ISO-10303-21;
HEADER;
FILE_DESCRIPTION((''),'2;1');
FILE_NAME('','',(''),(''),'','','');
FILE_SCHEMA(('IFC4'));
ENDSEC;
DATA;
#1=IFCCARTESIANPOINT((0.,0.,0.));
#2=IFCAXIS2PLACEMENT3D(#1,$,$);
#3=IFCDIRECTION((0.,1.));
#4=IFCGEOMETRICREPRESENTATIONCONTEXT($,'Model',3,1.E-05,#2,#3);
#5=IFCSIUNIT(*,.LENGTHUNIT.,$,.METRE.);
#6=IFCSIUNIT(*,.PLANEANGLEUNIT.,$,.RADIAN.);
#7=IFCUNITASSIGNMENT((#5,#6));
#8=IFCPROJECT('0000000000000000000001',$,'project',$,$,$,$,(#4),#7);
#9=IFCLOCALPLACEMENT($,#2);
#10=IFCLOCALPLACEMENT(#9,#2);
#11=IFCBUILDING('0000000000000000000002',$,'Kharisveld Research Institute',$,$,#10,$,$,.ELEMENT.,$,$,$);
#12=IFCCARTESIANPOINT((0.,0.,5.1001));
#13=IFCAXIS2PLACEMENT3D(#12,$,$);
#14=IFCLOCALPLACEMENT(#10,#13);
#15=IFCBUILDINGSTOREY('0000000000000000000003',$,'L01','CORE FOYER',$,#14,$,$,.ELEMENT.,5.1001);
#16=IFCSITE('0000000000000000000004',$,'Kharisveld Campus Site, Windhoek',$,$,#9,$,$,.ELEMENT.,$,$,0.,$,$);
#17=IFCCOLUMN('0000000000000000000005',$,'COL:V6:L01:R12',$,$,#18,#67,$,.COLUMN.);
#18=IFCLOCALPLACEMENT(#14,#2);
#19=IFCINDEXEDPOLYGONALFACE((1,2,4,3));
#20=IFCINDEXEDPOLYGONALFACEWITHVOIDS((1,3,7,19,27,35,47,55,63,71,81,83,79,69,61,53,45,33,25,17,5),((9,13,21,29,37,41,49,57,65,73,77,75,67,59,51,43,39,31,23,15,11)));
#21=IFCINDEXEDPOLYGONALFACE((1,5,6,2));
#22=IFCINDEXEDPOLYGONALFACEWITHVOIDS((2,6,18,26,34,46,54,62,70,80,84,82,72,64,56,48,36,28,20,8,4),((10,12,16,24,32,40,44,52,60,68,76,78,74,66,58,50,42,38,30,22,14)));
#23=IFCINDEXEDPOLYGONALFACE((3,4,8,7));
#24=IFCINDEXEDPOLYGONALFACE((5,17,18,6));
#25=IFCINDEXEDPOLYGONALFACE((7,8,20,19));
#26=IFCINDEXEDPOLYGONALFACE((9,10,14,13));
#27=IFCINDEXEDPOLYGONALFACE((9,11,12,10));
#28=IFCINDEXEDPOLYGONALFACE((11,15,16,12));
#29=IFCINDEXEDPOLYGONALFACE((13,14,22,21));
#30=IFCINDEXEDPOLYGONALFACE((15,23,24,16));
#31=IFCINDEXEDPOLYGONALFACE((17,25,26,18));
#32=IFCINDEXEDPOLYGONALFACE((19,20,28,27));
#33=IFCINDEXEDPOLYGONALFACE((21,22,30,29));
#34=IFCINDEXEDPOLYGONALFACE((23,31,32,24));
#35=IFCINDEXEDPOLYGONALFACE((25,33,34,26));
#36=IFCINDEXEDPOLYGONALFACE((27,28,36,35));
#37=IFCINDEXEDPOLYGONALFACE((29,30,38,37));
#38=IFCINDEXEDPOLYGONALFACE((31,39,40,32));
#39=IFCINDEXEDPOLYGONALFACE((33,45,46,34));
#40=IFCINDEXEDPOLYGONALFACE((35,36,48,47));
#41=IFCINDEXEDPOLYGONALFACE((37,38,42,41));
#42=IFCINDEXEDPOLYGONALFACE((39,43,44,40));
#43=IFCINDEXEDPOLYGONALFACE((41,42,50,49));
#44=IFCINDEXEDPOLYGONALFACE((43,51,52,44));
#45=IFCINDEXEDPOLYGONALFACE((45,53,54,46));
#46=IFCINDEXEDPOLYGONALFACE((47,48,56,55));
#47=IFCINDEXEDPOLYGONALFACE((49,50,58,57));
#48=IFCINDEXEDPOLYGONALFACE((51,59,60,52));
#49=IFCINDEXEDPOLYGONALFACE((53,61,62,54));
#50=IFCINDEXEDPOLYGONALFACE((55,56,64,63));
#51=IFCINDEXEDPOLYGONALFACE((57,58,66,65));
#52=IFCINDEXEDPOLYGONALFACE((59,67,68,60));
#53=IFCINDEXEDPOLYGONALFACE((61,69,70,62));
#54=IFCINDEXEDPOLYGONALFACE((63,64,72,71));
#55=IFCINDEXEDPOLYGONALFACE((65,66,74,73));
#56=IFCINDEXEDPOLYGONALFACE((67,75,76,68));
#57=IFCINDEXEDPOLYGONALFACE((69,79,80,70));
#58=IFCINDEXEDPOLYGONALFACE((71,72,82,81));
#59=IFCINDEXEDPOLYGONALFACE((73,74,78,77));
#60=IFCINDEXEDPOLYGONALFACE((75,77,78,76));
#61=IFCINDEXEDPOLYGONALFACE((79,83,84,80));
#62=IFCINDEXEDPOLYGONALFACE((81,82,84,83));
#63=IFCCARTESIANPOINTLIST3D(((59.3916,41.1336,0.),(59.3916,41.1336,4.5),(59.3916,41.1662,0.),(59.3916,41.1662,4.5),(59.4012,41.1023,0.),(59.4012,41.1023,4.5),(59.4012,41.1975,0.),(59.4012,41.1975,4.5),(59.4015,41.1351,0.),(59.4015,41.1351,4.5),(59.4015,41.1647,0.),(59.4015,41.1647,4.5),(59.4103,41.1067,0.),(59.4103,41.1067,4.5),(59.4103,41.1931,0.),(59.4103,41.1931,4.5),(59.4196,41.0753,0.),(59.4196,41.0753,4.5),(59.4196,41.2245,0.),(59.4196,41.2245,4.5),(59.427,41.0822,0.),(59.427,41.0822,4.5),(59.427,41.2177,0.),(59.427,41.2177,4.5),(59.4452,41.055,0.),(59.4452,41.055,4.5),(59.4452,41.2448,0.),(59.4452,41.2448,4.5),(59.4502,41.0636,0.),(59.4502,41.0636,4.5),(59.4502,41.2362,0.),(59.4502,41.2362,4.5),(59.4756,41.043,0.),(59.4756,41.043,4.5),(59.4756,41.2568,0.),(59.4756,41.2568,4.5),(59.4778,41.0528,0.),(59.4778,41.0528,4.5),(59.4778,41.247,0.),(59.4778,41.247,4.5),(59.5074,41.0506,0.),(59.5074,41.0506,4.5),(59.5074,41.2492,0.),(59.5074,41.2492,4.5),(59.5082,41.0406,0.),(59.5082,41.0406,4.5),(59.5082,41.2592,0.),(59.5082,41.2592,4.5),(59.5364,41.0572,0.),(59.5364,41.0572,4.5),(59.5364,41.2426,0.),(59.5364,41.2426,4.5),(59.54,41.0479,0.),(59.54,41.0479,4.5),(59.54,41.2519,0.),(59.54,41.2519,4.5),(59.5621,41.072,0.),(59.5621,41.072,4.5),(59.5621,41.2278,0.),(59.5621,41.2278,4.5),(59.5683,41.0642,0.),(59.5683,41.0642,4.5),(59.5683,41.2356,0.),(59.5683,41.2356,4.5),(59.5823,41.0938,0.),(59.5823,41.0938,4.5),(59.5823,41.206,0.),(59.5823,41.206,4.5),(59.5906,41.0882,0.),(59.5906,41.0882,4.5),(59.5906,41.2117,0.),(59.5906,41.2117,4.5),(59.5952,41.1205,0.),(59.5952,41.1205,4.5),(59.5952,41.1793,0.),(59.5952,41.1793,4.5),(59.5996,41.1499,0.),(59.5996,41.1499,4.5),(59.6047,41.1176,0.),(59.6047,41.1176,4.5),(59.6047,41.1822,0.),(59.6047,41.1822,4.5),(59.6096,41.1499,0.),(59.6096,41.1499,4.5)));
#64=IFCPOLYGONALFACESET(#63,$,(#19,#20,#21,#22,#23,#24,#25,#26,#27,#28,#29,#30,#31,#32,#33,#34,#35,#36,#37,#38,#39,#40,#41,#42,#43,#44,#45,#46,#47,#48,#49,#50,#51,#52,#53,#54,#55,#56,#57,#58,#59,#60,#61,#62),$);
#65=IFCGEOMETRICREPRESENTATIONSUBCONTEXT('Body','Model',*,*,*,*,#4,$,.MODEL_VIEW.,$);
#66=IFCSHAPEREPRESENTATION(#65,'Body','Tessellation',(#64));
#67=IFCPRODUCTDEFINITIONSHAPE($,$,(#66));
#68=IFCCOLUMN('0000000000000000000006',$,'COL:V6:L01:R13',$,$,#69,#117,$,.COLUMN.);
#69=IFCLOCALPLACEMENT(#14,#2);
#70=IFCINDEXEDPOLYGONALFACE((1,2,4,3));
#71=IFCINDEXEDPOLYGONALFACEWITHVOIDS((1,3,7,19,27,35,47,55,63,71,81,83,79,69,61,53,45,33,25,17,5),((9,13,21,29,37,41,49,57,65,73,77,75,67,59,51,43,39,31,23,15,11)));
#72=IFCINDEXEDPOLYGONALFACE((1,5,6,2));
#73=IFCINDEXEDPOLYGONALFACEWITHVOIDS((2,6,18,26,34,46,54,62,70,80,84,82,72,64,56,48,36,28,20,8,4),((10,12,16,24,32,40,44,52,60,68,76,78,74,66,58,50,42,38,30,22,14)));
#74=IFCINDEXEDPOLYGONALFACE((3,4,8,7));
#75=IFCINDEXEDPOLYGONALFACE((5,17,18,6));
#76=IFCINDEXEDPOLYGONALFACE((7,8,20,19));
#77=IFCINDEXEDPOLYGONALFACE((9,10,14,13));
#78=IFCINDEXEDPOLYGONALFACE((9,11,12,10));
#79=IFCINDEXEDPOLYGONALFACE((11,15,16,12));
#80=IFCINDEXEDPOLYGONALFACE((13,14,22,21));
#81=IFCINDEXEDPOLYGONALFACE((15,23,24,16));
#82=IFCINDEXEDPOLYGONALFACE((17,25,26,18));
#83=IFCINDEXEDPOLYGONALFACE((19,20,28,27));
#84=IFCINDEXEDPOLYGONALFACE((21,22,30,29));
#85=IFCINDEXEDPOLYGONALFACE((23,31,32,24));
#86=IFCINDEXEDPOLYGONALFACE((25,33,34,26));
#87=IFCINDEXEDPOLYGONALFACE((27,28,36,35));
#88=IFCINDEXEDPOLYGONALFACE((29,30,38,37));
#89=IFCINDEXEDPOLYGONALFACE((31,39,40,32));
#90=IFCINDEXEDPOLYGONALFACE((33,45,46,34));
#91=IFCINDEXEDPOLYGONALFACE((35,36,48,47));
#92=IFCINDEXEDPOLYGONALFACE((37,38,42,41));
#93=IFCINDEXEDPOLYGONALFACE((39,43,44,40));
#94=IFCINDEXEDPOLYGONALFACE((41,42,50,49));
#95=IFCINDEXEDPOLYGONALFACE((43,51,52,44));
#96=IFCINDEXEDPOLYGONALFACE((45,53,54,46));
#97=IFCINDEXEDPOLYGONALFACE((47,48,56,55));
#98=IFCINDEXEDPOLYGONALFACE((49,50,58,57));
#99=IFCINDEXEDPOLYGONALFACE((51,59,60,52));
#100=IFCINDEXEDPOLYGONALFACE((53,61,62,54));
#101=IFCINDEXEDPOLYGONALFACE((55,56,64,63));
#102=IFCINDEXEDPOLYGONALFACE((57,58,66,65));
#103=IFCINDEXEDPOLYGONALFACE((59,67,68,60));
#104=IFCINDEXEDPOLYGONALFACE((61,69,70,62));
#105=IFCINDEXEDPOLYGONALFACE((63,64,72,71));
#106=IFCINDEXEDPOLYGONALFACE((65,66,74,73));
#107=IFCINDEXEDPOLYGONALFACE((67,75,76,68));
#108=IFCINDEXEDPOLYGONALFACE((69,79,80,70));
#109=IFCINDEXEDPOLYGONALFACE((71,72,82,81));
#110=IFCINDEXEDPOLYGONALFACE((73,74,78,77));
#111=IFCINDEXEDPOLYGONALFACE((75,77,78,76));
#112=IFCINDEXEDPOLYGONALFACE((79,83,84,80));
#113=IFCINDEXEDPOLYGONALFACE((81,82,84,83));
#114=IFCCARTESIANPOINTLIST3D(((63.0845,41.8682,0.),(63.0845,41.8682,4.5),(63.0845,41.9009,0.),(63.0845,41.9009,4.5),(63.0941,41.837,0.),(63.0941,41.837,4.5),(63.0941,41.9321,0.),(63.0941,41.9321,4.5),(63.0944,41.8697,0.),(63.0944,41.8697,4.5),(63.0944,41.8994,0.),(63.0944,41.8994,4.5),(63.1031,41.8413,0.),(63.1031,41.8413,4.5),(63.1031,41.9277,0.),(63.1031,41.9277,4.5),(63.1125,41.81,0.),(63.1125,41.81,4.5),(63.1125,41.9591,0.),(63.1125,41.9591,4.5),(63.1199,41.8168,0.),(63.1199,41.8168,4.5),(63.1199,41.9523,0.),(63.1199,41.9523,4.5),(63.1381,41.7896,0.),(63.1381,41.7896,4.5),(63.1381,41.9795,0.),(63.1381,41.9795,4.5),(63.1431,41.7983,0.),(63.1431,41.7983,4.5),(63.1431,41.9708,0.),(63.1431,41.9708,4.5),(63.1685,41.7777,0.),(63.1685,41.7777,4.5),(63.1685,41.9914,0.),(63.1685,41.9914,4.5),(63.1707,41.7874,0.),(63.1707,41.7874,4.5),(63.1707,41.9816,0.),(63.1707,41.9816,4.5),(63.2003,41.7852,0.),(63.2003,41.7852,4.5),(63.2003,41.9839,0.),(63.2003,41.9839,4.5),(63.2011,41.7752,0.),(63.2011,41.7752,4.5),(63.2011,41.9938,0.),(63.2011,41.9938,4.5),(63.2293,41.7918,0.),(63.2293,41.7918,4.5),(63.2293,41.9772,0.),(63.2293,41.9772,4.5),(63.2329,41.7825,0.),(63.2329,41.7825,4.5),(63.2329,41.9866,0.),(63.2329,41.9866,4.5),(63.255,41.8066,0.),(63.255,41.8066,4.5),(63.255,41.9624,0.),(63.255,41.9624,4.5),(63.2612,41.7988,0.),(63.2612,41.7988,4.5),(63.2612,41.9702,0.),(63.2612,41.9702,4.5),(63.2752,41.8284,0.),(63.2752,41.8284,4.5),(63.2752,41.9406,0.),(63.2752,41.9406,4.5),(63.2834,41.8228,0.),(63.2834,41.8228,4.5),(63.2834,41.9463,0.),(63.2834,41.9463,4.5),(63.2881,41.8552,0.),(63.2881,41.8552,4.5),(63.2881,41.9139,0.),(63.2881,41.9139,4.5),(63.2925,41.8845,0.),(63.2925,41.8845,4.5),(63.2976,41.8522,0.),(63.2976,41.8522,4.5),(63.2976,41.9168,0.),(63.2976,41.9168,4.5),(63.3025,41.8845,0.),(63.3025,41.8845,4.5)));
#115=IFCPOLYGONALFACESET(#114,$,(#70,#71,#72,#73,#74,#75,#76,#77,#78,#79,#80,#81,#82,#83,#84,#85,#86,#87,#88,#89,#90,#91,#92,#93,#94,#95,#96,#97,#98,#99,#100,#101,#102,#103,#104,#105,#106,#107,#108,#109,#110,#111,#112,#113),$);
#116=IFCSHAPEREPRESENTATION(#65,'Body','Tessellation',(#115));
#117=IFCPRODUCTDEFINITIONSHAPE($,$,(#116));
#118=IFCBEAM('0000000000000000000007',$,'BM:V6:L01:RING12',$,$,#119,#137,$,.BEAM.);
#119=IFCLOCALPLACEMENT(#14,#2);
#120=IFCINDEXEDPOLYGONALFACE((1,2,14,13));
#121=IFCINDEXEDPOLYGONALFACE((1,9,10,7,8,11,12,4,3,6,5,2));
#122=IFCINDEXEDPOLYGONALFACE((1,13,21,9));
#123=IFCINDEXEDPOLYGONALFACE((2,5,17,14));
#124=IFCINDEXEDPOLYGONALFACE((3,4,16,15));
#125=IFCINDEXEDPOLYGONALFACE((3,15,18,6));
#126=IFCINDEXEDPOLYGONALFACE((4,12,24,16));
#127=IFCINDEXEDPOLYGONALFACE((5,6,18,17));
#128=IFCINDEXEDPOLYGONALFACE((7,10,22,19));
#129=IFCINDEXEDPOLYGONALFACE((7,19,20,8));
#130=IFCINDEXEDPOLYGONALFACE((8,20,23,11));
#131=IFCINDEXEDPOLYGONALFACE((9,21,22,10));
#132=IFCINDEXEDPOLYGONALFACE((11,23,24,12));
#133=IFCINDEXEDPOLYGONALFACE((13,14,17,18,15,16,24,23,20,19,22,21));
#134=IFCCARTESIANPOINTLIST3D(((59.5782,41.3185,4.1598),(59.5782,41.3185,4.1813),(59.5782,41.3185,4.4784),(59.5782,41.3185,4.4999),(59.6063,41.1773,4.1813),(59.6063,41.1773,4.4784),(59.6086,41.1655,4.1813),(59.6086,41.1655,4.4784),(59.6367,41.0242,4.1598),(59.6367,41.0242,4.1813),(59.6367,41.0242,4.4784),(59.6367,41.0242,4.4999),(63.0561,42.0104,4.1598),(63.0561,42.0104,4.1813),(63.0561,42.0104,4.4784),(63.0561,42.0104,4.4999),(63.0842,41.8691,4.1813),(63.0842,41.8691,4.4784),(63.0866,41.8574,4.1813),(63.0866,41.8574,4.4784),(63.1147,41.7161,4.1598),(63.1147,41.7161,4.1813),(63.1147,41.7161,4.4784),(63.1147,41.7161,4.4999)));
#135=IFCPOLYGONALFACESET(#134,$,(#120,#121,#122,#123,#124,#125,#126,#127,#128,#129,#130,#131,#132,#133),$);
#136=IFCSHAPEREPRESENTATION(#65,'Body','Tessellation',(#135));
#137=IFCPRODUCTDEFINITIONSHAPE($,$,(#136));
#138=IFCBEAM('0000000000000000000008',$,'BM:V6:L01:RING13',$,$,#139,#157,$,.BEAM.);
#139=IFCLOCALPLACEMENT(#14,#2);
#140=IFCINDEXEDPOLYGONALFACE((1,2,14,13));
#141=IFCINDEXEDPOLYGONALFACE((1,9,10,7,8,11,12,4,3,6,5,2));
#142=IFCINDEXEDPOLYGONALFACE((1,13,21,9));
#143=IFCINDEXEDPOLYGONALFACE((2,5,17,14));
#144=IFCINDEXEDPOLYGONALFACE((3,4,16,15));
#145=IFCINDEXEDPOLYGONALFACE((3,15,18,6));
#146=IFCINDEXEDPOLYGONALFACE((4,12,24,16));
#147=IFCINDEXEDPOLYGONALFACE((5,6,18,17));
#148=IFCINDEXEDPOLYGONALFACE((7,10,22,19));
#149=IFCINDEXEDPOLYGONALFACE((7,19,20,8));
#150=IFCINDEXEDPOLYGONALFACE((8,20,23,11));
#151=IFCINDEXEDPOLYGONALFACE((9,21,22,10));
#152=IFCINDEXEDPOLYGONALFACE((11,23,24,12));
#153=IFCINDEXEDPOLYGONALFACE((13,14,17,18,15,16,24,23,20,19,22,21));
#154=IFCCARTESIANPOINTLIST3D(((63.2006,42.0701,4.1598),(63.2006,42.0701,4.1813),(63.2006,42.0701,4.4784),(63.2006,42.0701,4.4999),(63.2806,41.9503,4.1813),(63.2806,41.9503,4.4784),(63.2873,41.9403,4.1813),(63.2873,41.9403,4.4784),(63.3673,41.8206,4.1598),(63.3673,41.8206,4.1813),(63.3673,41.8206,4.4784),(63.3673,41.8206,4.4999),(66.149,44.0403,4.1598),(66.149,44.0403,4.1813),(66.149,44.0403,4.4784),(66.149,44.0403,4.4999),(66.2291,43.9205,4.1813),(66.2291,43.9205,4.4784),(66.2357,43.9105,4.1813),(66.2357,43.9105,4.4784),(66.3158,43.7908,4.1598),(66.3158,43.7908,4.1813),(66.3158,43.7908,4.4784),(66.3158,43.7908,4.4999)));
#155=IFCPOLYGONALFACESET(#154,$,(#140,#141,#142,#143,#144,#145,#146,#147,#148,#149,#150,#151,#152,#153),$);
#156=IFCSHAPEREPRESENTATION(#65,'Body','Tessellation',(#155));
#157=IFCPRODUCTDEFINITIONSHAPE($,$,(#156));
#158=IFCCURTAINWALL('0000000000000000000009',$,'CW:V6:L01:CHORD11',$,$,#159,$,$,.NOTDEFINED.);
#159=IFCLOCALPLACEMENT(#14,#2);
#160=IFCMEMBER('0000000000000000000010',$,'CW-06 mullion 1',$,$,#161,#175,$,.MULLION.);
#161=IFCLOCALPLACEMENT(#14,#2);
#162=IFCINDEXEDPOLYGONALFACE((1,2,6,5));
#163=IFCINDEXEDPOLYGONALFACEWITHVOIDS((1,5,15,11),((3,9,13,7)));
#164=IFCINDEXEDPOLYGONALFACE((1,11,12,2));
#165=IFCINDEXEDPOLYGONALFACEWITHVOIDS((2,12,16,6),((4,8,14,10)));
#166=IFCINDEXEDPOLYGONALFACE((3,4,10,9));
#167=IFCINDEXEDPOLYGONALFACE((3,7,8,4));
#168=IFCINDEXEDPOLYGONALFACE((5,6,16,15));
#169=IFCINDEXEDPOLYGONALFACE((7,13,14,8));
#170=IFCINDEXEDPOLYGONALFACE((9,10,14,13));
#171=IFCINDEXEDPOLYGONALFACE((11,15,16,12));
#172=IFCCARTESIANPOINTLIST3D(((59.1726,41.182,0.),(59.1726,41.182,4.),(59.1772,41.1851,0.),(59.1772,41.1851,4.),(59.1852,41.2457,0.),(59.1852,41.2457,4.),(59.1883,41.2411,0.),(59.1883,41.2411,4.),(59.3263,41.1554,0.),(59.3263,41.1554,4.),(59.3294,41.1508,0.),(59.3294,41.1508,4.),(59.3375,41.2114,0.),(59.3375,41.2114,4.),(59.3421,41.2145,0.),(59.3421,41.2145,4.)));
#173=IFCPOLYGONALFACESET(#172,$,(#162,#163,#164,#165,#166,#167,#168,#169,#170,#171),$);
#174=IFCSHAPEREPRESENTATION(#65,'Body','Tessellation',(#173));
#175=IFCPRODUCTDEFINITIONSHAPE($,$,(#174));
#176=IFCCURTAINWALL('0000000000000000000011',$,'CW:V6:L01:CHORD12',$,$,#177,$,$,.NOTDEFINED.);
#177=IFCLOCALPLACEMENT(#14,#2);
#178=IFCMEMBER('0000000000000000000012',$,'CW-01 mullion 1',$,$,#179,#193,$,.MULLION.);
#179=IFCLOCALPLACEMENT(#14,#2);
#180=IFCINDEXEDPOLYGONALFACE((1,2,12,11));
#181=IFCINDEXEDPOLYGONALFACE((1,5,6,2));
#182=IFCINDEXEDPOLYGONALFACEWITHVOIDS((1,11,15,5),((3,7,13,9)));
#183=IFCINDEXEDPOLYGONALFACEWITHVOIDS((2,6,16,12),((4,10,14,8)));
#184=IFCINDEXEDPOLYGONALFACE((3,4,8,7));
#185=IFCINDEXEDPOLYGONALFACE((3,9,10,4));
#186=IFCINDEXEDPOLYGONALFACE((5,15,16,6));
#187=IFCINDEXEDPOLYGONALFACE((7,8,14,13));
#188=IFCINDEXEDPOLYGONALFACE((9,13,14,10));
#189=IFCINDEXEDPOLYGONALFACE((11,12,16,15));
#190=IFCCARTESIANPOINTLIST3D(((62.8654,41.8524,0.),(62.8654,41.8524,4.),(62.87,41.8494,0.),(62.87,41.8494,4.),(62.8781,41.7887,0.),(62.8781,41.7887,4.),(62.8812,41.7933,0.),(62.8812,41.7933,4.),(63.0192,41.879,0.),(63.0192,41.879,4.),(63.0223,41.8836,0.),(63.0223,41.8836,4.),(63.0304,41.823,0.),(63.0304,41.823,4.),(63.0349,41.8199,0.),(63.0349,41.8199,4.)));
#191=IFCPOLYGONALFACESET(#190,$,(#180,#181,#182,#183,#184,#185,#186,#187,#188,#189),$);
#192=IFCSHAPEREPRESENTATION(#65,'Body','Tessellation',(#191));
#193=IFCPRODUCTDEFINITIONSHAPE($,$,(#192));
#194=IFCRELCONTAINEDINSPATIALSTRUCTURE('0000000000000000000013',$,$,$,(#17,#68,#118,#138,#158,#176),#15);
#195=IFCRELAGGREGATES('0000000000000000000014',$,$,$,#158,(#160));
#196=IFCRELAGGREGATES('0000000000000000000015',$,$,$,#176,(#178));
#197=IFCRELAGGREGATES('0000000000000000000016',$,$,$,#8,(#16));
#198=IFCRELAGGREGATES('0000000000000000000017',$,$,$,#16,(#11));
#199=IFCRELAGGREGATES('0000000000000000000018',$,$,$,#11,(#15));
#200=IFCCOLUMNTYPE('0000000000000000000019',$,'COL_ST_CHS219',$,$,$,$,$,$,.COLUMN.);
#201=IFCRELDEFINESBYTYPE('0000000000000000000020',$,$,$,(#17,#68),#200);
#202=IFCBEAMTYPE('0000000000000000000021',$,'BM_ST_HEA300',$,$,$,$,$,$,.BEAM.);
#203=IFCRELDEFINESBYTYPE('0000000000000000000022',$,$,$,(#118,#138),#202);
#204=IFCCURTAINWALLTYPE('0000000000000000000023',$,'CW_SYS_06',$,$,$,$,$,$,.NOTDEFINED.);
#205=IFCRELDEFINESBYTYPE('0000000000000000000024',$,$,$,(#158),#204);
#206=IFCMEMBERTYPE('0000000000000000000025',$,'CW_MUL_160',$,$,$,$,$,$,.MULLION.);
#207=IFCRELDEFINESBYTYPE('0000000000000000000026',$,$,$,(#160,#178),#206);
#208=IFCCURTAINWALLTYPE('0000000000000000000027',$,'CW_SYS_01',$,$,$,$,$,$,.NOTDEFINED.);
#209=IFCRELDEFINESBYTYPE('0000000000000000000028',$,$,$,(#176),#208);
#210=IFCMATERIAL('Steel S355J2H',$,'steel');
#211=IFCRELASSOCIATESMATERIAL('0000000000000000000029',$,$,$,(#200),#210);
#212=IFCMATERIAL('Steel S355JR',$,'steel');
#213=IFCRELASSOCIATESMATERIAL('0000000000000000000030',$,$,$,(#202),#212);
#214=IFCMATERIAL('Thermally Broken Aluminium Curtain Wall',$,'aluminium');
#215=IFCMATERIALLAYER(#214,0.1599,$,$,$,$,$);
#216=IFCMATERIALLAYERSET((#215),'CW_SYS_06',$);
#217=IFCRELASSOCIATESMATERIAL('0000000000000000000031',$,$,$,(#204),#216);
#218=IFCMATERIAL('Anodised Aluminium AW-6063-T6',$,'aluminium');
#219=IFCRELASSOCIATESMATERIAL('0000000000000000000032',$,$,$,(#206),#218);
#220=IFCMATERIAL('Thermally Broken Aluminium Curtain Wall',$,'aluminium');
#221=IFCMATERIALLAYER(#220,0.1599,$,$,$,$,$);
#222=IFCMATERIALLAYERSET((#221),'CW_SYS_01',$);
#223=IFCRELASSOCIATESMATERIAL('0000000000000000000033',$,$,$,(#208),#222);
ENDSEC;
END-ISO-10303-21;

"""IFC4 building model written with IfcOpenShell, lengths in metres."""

from ifc_helpers import new_model, si_unit, direction, frame, origin, origin_2d, place, context, subcontext, project, spatial, hollow_rectangle, hollow_circle, i_section, extrude, material, layer, layer_set, material_profile, profile_set, type_object, element, aggregate, save


model = new_model("IFC4")

# Units and contexts
model_context = context("Model", 3, precision=1e-05, world=origin(), true_north=direction((0.0, 1.0)))
body_context = subcontext(model_context, "Body", "Model", "MODEL_VIEW")
ifc_project = project(units=[si_unit("LENGTHUNIT", "METRE"), si_unit("PLANEANGLEUNIT", "RADIAN")], contexts=[model_context])

# Site, building, storey
site_placement = place(None, origin())
site = spatial("IfcSite", under=ifc_project, at=site_placement, Name="Kharisveld Campus Site, Windhoek", CompositionType="ELEMENT", RefElevation=0.0)
building_placement = place(site_placement, origin())
building = spatial("IfcBuilding", under=site, at=building_placement, Name="Kharisveld Research Institute", CompositionType="ELEMENT")
storey_placement = place(building_placement, frame((0.0, 0.0, 5.1001)))
storey = spatial("IfcBuildingStorey", under=building, at=storey_placement, Name="L01", Description="CORE FOYER", CompositionType="ELEMENT", Elevation=5.1001)

# Columns
ifc_material_1 = material(Name="Steel S355J2H", Category="steel")
ifc_material_profile_1 = material_profile(ifc_material_1, hollow_circle(Radius=0.1096, WallThickness=0.01, at=origin_2d()))
ifc_profile_set_1 = profile_set([ifc_material_profile_1], Name="Steel S355J2H")
column_type = type_object("IfcColumnType", Name="COL_ST_CHS219", PredefinedType="COLUMN", material=ifc_profile_set_1)
for number, where, z_axis, x_axis, name in (
    (1, (59.5, 41.1499, 0.0), (0.0, 0.0, 1.0), (1.0, 0.0, 0.0), "COL:V6:L01:R12"),
    (2, (63.1929, 41.8845, 0.0), (0.0, 0.0, 1.0), (1.0, 0.0, 0.0), "COL:V6:L01:R13"),
):
    element("IfcColumn", number, at=place(storey_placement, frame(where, z_axis=z_axis, x_axis=x_axis)), inside=storey, type_object=column_type, Name=name, PredefinedType="COLUMN", context=body_context, shape_type="SweptSolid", body=[
        extrude(hollow_circle(Radius=0.1096, WallThickness=0.01, at=origin_2d()), origin(), (0.0, 0.0, 1.0), 4.5),
    ])

# Beams
ifc_material_2 = material(Name="Steel S355JR", Category="steel")
ifc_material_profile_2 = material_profile(ifc_material_2, i_section(OverallWidth=0.3, OverallDepth=0.3401, WebThickness=0.012, FlangeThickness=0.0215, at=origin_2d()))
ifc_profile_set_2 = profile_set([ifc_material_profile_2], Name="Steel S355JR")
beam_type = type_object("IfcBeamType", Name="BM_ST_HEA300", PredefinedType="BEAM", material=ifc_profile_set_2)
for number, where, z_axis, x_axis, name in (
    (3, (59.6074, 41.1714, 4.3298), (0.980781, 0.19511, 0.0), (-0.19511, 0.980781, 0.0), "BM:V6:L01:RING12"),
    (4, (63.2839, 41.9453, 4.3298), (0.831457, 0.55559, 0.0), (-0.55559, 0.831457, 0.0), "BM:V6:L01:RING13"),
):
    element("IfcBeam", number, at=place(storey_placement, frame(where, z_axis=z_axis, x_axis=x_axis)), inside=storey, type_object=beam_type, Name=name, PredefinedType="BEAM", context=body_context, shape_type="SweptSolid", body=[
        extrude(i_section(OverallWidth=0.3, OverallDepth=0.3401, WebThickness=0.012, FlangeThickness=0.0215, at=origin_2d()), origin(), (0.0, 0.0, 1.0), 3.5461),
    ])

# Curtain wall, member
ifc_material_3 = material(Name="Thermally Broken Aluminium Curtain Wall", Category="aluminium")
ifc_layer_1 = layer(ifc_material_3, 0.1599)
ifc_layer_set_1 = layer_set([ifc_layer_1], Name="CW_SYS_06")
curtain_wall_type_1 = type_object("IfcCurtainWallType", Name="CW_SYS_06", PredefinedType="NOTDEFINED", material=ifc_layer_set_1)
curtain_wall_1_placement = place(storey_placement, origin())
curtain_wall_1 = element("IfcCurtainWall", 5, at=curtain_wall_1_placement, inside=storey, type_object=curtain_wall_type_1, Name="CW:V6:L01:CHORD11", PredefinedType="NOTDEFINED")
ifc_material_4 = material(Name="Anodised Aluminium AW-6063-T6", Category="aluminium")
ifc_material_profile_3 = material_profile(ifc_material_4, hollow_rectangle(XDim=0.0649, YDim=0.1599, WallThickness=0.0039, at=origin_2d()))
ifc_profile_set_3 = profile_set([ifc_material_profile_3], Name="Anodised Aluminium AW-6063-T6")
member_type_1 = type_object("IfcMemberType", Name="CW_MUL_160", PredefinedType="MULLION", material=ifc_profile_set_3)
member_1_placement = place(storey_placement, frame((59.2573, 41.1982, 0.0), z_axis=(0.0, 0.0, 1.0), x_axis=(-0.195091, -0.980785, 0.0)))
member_1 = element("IfcMember", 6, at=member_1_placement, type_object=member_type_1, Name="CW-06 mullion 1", PredefinedType="MULLION", context=body_context, shape_type="SweptSolid", body=[
    extrude(hollow_rectangle(XDim=0.0649, YDim=0.1599, WallThickness=0.0039, at=origin_2d()), origin(), (0.0, 0.0, 1.0), 4.0),
])

# Curtain wall, member
ifc_material_5 = material(Name="Thermally Broken Aluminium Curtain Wall", Category="aluminium")
ifc_layer_2 = layer(ifc_material_5, 0.1599)
ifc_layer_set_2 = layer_set([ifc_layer_2], Name="CW_SYS_01")
curtain_wall_type_2 = type_object("IfcCurtainWallType", Name="CW_SYS_01", PredefinedType="NOTDEFINED", material=ifc_layer_set_2)
curtain_wall_2_placement = place(storey_placement, origin())
curtain_wall_2 = element("IfcCurtainWall", 7, at=curtain_wall_2_placement, inside=storey, type_object=curtain_wall_type_2, Name="CW:V6:L01:CHORD12", PredefinedType="NOTDEFINED")
member_2_placement = place(storey_placement, frame((62.9502, 41.8362, 0.0), z_axis=(0.0, 0.0, 1.0), x_axis=(0.195091, -0.980785, 0.0)))
member_2 = element("IfcMember", 8, at=member_2_placement, type_object=member_type_1, Name="CW-01 mullion 1", PredefinedType="MULLION", context=body_context, shape_type="SweptSolid", body=[
    extrude(hollow_rectangle(XDim=0.0649, YDim=0.1599, WallThickness=0.0039, at=origin_2d()), origin(), (0.0, 0.0, 1.0), 4.0),
])

aggregate(curtain_wall_1, [member_1])
aggregate(curtain_wall_2, [member_2])

save(model, "model.ifc")
